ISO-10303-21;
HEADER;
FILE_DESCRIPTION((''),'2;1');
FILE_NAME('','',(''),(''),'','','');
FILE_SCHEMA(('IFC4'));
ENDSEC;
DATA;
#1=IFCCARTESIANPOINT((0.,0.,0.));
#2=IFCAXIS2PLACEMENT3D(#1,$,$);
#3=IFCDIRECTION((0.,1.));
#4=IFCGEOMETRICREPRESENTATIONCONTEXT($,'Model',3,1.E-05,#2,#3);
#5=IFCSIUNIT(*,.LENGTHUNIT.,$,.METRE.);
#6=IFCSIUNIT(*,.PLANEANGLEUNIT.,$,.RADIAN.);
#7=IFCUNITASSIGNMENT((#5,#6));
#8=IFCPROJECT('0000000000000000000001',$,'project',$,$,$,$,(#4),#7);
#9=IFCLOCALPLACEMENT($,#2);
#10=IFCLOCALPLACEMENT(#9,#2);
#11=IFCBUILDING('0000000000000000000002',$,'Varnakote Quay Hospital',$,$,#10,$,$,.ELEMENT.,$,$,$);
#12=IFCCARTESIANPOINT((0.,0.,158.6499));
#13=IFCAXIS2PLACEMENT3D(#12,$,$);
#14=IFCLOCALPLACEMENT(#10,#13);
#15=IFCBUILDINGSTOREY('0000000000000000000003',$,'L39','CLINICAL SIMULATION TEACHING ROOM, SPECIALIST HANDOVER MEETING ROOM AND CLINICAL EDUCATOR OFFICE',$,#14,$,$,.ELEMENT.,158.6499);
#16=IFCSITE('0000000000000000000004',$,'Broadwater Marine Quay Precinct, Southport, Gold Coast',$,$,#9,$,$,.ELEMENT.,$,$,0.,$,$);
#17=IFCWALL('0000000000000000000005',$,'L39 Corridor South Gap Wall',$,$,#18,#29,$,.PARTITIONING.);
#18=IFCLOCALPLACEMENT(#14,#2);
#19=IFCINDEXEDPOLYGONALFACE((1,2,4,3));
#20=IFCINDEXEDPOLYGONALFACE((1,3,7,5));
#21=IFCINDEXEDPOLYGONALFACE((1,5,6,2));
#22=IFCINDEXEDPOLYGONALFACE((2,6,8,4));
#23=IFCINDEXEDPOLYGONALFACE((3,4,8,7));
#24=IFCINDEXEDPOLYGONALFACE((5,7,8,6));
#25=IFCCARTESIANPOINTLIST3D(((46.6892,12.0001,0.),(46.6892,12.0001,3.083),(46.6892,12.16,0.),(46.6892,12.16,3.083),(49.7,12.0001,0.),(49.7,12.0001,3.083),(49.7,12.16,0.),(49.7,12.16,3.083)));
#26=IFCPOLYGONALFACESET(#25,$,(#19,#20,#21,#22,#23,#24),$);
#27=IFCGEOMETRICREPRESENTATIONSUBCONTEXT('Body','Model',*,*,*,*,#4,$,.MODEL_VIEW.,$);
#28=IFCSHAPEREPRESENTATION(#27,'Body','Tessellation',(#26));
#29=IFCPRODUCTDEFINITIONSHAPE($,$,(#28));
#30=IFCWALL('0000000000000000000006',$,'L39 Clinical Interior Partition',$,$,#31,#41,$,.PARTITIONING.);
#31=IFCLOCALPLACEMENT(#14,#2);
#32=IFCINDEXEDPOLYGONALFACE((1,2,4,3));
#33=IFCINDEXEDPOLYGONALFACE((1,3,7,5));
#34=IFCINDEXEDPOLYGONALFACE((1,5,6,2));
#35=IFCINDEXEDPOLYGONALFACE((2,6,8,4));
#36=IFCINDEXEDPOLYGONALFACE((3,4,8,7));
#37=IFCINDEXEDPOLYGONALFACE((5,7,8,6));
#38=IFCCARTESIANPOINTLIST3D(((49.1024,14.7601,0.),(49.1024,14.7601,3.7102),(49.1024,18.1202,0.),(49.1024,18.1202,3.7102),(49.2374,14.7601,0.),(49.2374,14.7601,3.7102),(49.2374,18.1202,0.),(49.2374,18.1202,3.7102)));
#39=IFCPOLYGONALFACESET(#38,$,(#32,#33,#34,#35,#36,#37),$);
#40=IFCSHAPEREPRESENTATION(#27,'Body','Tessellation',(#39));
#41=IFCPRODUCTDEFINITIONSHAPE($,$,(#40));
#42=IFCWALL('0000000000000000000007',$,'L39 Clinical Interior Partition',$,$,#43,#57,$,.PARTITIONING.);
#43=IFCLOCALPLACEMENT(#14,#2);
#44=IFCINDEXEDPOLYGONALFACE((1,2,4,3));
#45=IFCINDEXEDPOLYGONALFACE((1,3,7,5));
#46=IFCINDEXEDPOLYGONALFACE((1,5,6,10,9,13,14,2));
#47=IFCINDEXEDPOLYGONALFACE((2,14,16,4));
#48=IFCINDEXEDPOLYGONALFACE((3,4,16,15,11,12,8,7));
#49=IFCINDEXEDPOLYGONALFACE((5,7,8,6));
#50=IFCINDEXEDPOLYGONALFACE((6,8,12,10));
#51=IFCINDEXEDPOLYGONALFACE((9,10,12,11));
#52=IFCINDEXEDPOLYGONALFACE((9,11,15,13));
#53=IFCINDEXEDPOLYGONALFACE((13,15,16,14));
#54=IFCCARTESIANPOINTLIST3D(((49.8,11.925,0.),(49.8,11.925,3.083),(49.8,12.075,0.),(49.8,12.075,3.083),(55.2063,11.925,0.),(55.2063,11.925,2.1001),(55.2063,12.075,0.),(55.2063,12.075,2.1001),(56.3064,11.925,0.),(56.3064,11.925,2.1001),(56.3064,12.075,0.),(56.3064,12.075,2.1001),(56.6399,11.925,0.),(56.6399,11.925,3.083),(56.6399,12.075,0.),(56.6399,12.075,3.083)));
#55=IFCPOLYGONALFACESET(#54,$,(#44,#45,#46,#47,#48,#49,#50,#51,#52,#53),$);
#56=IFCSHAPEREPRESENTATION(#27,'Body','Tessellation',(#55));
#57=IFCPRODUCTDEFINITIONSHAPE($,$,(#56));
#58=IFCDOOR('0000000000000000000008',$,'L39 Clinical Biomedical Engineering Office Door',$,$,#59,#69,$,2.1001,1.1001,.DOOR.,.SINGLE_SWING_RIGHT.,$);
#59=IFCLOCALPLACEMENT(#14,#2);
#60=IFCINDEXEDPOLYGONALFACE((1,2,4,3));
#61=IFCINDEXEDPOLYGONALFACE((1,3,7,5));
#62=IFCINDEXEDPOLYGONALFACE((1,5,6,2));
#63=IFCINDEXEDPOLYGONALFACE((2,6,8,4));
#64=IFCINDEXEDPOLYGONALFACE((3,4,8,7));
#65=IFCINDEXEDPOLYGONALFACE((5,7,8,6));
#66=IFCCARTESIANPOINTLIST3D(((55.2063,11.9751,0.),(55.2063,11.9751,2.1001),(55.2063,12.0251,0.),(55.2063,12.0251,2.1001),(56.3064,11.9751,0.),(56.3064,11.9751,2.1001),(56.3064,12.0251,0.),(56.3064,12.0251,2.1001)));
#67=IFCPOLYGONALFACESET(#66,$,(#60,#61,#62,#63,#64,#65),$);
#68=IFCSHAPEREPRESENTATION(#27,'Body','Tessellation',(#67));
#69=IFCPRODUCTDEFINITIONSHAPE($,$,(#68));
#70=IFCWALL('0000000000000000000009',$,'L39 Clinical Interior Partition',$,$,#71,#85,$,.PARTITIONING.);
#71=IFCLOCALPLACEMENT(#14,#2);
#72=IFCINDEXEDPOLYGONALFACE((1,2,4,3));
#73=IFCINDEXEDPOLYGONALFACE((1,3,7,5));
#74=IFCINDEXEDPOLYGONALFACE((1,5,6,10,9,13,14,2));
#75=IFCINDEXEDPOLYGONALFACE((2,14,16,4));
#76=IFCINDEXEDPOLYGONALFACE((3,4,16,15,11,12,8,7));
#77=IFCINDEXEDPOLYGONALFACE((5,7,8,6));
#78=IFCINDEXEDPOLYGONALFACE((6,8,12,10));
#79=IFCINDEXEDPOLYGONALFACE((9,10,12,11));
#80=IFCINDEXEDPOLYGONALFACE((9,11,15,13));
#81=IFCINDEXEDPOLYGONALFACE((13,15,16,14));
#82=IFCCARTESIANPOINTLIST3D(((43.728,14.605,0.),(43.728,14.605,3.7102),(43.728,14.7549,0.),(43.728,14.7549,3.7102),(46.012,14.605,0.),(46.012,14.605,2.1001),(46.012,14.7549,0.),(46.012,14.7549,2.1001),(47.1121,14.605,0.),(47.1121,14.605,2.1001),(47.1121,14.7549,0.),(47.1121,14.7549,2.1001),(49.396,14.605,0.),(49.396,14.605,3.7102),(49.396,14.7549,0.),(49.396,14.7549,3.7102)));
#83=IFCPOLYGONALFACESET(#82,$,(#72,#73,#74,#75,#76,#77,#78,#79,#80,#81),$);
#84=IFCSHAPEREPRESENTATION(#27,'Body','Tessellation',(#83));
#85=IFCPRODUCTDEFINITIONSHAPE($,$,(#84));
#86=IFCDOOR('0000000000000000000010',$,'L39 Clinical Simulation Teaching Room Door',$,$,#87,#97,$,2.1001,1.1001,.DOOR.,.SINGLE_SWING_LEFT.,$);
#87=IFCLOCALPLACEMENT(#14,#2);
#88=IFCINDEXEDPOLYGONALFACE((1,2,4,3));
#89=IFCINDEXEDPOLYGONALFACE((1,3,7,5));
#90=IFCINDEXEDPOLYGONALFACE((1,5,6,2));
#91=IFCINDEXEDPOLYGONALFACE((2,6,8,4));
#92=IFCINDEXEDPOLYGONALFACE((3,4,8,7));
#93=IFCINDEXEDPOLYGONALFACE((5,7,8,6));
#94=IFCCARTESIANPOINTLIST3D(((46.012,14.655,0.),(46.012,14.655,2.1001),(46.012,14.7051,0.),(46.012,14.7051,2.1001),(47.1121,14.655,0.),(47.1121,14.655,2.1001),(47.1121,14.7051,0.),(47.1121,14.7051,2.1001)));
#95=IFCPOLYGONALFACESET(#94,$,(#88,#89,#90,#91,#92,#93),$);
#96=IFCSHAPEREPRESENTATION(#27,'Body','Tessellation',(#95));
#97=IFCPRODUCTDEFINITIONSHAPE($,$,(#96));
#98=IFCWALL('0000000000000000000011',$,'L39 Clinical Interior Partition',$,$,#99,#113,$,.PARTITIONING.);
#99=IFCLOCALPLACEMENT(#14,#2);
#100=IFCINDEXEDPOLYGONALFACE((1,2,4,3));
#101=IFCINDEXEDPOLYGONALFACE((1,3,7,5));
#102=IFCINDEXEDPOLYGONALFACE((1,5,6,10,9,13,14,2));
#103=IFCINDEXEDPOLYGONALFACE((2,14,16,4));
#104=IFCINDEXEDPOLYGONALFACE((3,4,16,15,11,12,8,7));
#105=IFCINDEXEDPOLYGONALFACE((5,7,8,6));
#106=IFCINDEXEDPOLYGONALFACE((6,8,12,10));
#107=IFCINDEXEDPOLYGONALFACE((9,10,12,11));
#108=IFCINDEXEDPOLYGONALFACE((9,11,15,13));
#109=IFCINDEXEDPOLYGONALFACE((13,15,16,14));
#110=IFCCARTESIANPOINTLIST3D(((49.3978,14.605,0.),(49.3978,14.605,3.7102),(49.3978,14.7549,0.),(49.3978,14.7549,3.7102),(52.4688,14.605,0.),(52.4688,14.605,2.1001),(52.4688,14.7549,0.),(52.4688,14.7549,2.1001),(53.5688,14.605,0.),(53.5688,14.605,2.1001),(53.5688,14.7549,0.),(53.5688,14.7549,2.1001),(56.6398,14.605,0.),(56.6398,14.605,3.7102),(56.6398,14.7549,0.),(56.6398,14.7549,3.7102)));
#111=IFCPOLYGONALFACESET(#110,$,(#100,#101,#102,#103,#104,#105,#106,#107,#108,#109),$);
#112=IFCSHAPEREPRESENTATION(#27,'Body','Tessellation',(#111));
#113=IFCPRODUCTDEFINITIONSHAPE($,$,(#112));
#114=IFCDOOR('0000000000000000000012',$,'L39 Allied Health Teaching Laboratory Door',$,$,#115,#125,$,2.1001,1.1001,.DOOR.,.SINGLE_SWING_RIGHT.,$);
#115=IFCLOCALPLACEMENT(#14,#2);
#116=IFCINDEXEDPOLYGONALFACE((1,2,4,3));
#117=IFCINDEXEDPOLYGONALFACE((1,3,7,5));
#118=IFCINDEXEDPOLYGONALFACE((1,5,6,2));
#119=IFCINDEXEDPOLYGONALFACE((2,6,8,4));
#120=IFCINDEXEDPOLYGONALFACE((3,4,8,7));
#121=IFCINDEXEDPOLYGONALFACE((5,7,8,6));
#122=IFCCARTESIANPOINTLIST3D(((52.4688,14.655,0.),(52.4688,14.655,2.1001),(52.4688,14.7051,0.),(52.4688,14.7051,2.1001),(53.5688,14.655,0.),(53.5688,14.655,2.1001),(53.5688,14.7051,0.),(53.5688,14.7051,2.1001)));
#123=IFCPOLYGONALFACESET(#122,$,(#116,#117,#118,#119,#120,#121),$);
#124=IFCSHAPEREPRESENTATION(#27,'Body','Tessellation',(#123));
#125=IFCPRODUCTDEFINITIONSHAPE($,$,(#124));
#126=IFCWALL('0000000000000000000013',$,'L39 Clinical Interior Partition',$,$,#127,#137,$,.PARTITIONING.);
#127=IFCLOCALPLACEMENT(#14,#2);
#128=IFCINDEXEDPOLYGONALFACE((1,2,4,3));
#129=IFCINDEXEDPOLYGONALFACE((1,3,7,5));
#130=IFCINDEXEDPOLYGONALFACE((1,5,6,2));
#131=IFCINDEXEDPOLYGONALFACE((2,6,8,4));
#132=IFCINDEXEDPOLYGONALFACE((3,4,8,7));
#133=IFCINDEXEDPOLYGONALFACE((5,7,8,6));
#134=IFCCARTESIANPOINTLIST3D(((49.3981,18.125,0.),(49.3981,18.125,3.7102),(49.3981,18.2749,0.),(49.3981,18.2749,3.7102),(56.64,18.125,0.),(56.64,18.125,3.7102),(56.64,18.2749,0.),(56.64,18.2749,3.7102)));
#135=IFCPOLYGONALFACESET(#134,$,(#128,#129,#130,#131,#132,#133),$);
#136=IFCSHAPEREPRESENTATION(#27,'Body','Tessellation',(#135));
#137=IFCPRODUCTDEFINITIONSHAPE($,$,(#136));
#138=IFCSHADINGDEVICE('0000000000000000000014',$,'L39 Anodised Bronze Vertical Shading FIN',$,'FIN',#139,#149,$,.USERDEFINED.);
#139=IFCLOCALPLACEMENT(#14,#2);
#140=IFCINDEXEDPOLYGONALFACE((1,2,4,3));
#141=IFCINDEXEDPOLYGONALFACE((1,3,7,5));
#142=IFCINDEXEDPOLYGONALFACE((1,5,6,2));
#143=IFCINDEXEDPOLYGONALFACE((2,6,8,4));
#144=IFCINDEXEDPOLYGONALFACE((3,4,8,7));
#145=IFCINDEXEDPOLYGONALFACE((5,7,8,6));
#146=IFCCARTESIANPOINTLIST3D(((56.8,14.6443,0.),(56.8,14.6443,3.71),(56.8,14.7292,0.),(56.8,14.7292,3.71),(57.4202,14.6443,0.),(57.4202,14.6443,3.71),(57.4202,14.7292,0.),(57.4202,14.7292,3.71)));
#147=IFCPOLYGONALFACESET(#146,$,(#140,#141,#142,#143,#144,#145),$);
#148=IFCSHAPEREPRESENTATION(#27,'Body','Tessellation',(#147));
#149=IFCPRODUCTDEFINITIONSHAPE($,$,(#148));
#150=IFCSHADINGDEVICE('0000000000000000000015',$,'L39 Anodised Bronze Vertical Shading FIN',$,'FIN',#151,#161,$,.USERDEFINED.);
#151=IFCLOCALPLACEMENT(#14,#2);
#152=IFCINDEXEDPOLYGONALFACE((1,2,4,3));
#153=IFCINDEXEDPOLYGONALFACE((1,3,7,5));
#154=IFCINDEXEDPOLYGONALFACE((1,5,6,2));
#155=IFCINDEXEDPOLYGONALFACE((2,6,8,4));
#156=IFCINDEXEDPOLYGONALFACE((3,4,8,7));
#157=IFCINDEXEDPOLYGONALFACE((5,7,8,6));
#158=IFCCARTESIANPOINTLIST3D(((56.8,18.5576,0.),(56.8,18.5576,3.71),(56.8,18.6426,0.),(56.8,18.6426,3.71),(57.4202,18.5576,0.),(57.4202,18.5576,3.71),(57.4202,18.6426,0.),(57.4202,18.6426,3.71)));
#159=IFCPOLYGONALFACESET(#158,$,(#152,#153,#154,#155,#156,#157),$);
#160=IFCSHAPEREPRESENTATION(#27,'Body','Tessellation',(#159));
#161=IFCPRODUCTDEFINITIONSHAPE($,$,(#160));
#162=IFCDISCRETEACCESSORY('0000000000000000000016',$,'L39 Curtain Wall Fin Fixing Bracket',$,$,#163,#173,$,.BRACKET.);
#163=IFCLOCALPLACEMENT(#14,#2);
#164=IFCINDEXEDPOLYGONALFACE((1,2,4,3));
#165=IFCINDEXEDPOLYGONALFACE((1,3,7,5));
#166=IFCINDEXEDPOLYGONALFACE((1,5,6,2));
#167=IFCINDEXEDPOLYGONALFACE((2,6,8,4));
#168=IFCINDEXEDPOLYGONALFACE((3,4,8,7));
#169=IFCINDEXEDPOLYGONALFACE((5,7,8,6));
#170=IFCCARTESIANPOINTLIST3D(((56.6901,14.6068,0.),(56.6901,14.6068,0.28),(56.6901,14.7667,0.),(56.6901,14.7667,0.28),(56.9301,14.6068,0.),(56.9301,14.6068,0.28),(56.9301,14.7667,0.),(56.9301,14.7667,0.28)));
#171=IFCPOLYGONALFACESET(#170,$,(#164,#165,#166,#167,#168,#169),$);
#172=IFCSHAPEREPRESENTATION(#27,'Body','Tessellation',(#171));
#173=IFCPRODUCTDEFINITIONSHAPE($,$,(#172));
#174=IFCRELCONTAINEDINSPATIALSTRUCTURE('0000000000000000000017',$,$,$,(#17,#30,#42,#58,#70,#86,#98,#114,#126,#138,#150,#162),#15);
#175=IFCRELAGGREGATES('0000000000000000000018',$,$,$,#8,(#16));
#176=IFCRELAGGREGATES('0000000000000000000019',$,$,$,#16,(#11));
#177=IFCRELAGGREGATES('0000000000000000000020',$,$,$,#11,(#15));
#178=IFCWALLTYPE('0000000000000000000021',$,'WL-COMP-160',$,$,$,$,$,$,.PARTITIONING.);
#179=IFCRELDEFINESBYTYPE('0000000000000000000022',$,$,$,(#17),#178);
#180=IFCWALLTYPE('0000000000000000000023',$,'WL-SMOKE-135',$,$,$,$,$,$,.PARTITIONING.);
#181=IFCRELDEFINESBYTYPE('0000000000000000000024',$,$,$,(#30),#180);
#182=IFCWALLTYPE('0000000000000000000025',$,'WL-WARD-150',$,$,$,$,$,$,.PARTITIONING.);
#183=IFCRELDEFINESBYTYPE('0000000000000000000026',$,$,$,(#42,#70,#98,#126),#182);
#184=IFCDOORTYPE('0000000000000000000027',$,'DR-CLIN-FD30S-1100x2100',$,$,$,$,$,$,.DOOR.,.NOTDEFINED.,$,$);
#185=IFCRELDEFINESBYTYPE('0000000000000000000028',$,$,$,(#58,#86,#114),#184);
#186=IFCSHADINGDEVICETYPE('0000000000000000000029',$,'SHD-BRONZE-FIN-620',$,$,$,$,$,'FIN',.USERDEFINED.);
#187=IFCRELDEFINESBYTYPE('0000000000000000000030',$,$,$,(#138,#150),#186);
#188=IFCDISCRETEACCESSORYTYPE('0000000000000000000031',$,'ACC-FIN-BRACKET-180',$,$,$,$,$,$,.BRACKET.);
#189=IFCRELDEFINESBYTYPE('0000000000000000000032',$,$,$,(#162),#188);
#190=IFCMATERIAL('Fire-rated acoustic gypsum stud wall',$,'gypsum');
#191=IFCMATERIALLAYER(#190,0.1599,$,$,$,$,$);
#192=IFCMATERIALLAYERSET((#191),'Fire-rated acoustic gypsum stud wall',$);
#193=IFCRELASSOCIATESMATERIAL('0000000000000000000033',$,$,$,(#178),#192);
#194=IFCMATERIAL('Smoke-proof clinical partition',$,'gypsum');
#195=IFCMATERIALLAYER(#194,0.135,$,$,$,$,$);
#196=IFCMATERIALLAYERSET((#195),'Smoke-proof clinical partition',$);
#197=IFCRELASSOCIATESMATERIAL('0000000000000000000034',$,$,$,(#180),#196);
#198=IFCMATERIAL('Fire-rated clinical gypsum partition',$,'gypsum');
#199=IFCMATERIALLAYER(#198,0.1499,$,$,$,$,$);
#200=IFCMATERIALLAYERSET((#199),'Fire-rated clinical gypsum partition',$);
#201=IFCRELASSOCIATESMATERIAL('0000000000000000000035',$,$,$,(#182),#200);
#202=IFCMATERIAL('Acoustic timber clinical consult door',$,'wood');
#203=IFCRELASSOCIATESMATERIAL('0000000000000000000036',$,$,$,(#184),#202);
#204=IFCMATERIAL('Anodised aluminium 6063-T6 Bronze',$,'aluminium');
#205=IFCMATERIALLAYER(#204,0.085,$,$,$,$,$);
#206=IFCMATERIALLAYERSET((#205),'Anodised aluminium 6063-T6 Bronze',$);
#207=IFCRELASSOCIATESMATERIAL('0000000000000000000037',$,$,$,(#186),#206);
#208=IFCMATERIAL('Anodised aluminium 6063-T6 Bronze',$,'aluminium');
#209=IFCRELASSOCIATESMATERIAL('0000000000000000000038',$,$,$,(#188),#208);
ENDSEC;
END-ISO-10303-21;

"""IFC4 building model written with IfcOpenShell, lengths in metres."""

from ifc_helpers import new_model, si_unit, direction, frame, frame_2d, origin, origin_2d, place, context, subcontext, project, spatial, rectangle, extrude, material, layer, layer_set, type_object, element, fill, save


model = new_model("IFC4")

# Units and contexts
model_context = context("Model", 3, precision=1e-05, world=origin(), true_north=direction((0.0, 1.0)))
body_context = subcontext(model_context, "Body", "Model", "MODEL_VIEW")
ifc_project = project(units=[si_unit("LENGTHUNIT", "METRE"), si_unit("PLANEANGLEUNIT", "RADIAN")], contexts=[model_context])

# Site, building, storey
site_placement = place(None, origin())
site = spatial("IfcSite", under=ifc_project, at=site_placement, Name="Broadwater Marine Quay Precinct, Southport, Gold Coast", CompositionType="ELEMENT", RefElevation=0.0)
building_placement = place(site_placement, origin())
building = spatial("IfcBuilding", under=site, at=building_placement, Name="Varnakote Quay Hospital", CompositionType="ELEMENT")
storey_placement = place(building_placement, frame((0.0, 0.0, 158.6499)))
storey = spatial("IfcBuildingStorey", under=building, at=storey_placement, Name="L39", Description="CLINICAL SIMULATION TEACHING ROOM, SPECIALIST HANDOVER MEETING ROOM AND CLINICAL EDUCATOR OFFICE", CompositionType="ELEMENT", Elevation=158.6499)

# Walls
ifc_material_1 = material(Name="Fire-rated acoustic gypsum stud wall", Category="gypsum")
ifc_layer_1 = layer(ifc_material_1, 0.1599)
ifc_layer_set_1 = layer_set([ifc_layer_1], Name="Fire-rated acoustic gypsum stud wall")
wall_type_1 = type_object("IfcWallType", Name="WL-COMP-160", PredefinedType="PARTITIONING", material=ifc_layer_set_1)
wall_1_placement = place(storey_placement, frame((46.6892, 12.0801, 0.0), z_axis=(0.0, 0.0, 1.0), x_axis=(1.0, 0.0, 0.0)))
element("IfcWall", 1, at=wall_1_placement, inside=storey, type_object=wall_type_1, Name="L39 Corridor South Gap Wall", PredefinedType="PARTITIONING", context=body_context, shape_type="SweptSolid", body=[
    extrude(rectangle(XDim=3.0107, YDim=0.1599, at=frame_2d((1.5054, 0.0))), origin(), (0.0, 0.0, 1.0), 3.083),
])
ifc_material_2 = material(Name="Smoke-proof clinical partition", Category="gypsum")
ifc_layer_2 = layer(ifc_material_2, 0.135)
ifc_layer_set_2 = layer_set([ifc_layer_2], Name="Smoke-proof clinical partition")
wall_type_2 = type_object("IfcWallType", Name="WL-SMOKE-135", PredefinedType="PARTITIONING", material=ifc_layer_set_2)
wall_2_placement = place(storey_placement, frame((49.1699, 14.76, 0.0), z_axis=(0.0, 0.0, 1.0), x_axis=(0.0, 1.0, 0.0)))
element("IfcWall", 2, at=wall_2_placement, inside=storey, type_object=wall_type_2, Name="L39 Clinical Interior Partition", PredefinedType="PARTITIONING", context=body_context, shape_type="SweptSolid", body=[
    extrude(rectangle(XDim=3.3601, YDim=0.135, at=frame_2d((1.6802, 0.0))), origin(), (0.0, 0.0, 1.0), 3.7102),
])

# Walls, openings, doors
ifc_material_3 = material(Name="Fire-rated clinical gypsum partition", Category="gypsum")
ifc_layer_3 = layer(ifc_material_3, 0.1499)
ifc_layer_set_3 = layer_set([ifc_layer_3], Name="Fire-rated clinical gypsum partition")
wall_type_3 = type_object("IfcWallType", Name="WL-WARD-150", PredefinedType="PARTITIONING", material=ifc_layer_set_3)
wall_3_placement = place(storey_placement, frame((56.6399, 12.0, 0.0), z_axis=(0.0, 0.0, 1.0), x_axis=(-1.0, 0.0, 0.0)))
wall_3 = element("IfcWall", 3, at=wall_3_placement, inside=storey, type_object=wall_type_3, Name="L39 Clinical Interior Partition", PredefinedType="PARTITIONING", context=body_context, shape_type="SweptSolid", body=[
    extrude(rectangle(XDim=6.8398, YDim=0.1499, at=frame_2d((3.4199, 0.0))), origin(), (0.0, 0.0, 1.0), 3.083),
])
opening_1_placement = place(wall_3_placement, frame((0.3335, 0.0, 0.0)))
opening_1 = element("IfcOpeningElement", 4, at=opening_1_placement, cuts=wall_3, PredefinedType="OPENING", context=body_context, shape_type="SweptSolid", body=[
    extrude(rectangle(XDim=1.1001, YDim=2.1001, at=frame_2d((0.55, 1.05))), frame((0.0, 0.085, 0.0), z_axis=(0.0, -1.0, 0.0), x_axis=(1.0, 0.0, 0.0)), (0.0, 0.0, 1.0), 0.1699),
])
ifc_material_4 = material(Name="Acoustic timber clinical consult door", Category="wood")
door_type = type_object("IfcDoorType", Name="DR-CLIN-FD30S-1100x2100", OperationType="NOTDEFINED", PredefinedType="DOOR", material=ifc_material_4)
door_1_placement = place(opening_1_placement, origin())
door_1 = element("IfcDoor", 5, at=door_1_placement, inside=storey, type_object=door_type, Name="L39 Clinical Biomedical Engineering Office Door", OperationType="SINGLE_SWING_RIGHT", OverallHeight=2.1001, OverallWidth=1.1001, PredefinedType="DOOR", context=body_context, shape_type="SweptSolid", body=[
    extrude(rectangle(XDim=1.1001, YDim=2.1001, at=frame_2d((0.55, 1.05))), frame((0.0, 0.0249, 0.0), z_axis=(0.0, -1.0, 0.0), x_axis=(1.0, 0.0, 0.0)), (0.0, 0.0, 1.0), 0.05),
])
fill(opening_1, door_1)
wall_4_placement = place(storey_placement, frame((49.396, 14.6799, 0.0), z_axis=(0.0, 0.0, 1.0), x_axis=(-1.0, 0.0, 0.0)))
wall_4 = element("IfcWall", 6, at=wall_4_placement, inside=storey, type_object=wall_type_3, Name="L39 Clinical Interior Partition", PredefinedType="PARTITIONING", context=body_context, shape_type="SweptSolid", body=[
    extrude(rectangle(XDim=5.668, YDim=0.1499, at=frame_2d((2.834, 0.0))), origin(), (0.0, 0.0, 1.0), 3.7102),
])
opening_2_placement = place(wall_4_placement, frame((2.2839, 0.0, 0.0)))
opening_2 = element("IfcOpeningElement", 7, at=opening_2_placement, cuts=wall_4, PredefinedType="OPENING", context=body_context, shape_type="SweptSolid", body=[
    extrude(rectangle(XDim=1.1001, YDim=2.1001, at=frame_2d((0.55, 1.05))), frame((0.0, 0.085, 0.0), z_axis=(0.0, -1.0, 0.0), x_axis=(1.0, 0.0, 0.0)), (0.0, 0.0, 1.0), 0.1699),
])
door_2_placement = place(opening_2_placement, origin())
door_2 = element("IfcDoor", 8, at=door_2_placement, inside=storey, type_object=door_type, Name="L39 Clinical Simulation Teaching Room Door", OperationType="SINGLE_SWING_LEFT", OverallHeight=2.1001, OverallWidth=1.1001, PredefinedType="DOOR", context=body_context, shape_type="SweptSolid", body=[
    extrude(rectangle(XDim=1.1001, YDim=2.1001, at=frame_2d((0.55, 1.05))), frame((0.0, 0.0249, 0.0), z_axis=(0.0, -1.0, 0.0), x_axis=(1.0, 0.0, 0.0)), (0.0, 0.0, 1.0), 0.05),
])
fill(opening_2, door_2)
wall_5_placement = place(storey_placement, frame((56.6399, 14.6799, 0.0), z_axis=(0.0, 0.0, 1.0), x_axis=(-1.0, 0.0, 0.0)))
wall_5 = element("IfcWall", 9, at=wall_5_placement, inside=storey, type_object=wall_type_3, Name="L39 Clinical Interior Partition", PredefinedType="PARTITIONING", context=body_context, shape_type="SweptSolid", body=[
    extrude(rectangle(XDim=7.2419, YDim=0.1499, at=frame_2d((3.6211, 0.0))), origin(), (0.0, 0.0, 1.0), 3.7102),
])
opening_3_placement = place(wall_5_placement, frame((3.071, 0.0, 0.0)))
opening_3 = element("IfcOpeningElement", 10, at=opening_3_placement, cuts=wall_5, PredefinedType="OPENING", context=body_context, shape_type="SweptSolid", body=[
    extrude(rectangle(XDim=1.1001, YDim=2.1001, at=frame_2d((0.55, 1.05))), frame((0.0, 0.085, 0.0), z_axis=(0.0, -1.0, 0.0), x_axis=(1.0, 0.0, 0.0)), (0.0, 0.0, 1.0), 0.1699),
])
door_3_placement = place(opening_3_placement, origin())
door_3 = element("IfcDoor", 11, at=door_3_placement, inside=storey, type_object=door_type, Name="L39 Allied Health Teaching Laboratory Door", OperationType="SINGLE_SWING_RIGHT", OverallHeight=2.1001, OverallWidth=1.1001, PredefinedType="DOOR", context=body_context, shape_type="SweptSolid", body=[
    extrude(rectangle(XDim=1.1001, YDim=2.1001, at=frame_2d((0.55, 1.05))), frame((0.0, 0.0249, 0.0), z_axis=(0.0, -1.0, 0.0), x_axis=(1.0, 0.0, 0.0)), (0.0, 0.0, 1.0), 0.05),
])
fill(opening_3, door_3)

# Wall
wall_6_placement = place(storey_placement, frame((49.3979, 18.2, 0.0), z_axis=(0.0, 0.0, 1.0), x_axis=(1.0, 0.0, 0.0)))
element("IfcWall", 12, at=wall_6_placement, inside=storey, type_object=wall_type_3, Name="L39 Clinical Interior Partition", PredefinedType="PARTITIONING", context=body_context, shape_type="SweptSolid", body=[
    extrude(rectangle(XDim=7.2419, YDim=0.1499, at=frame_2d((3.6211, 0.0))), origin(), (0.0, 0.0, 1.0), 3.7102),
])

# Shading devices
ifc_material_5 = material(Name="Anodised aluminium 6063-T6 Bronze", Category="aluminium")
ifc_layer_4 = layer(ifc_material_5, 0.085)
ifc_layer_set_4 = layer_set([ifc_layer_4], Name="Anodised aluminium 6063-T6 Bronze")
shading_device_type = type_object("IfcShadingDeviceType", Name="SHD-BRONZE-FIN-620", ElementType="FIN", PredefinedType="USERDEFINED", material=ifc_layer_set_4)
for number, where, z_axis, x_axis, name in (
    (13, (57.1101, 14.6868, 0.0), (0.0, 0.0, 1.0), (-1.0, 0.0, 0.0), "L39 Anodised Bronze Vertical Shading FIN"),
    (14, (57.1101, 18.6001, 0.0), (0.0, 0.0, 1.0), (-1.0, 0.0, 0.0), "L39 Anodised Bronze Vertical Shading FIN"),
):
    element("IfcShadingDevice", number, at=place(storey_placement, frame(where, z_axis=z_axis, x_axis=x_axis)), inside=storey, type_object=shading_device_type, Name=name, ObjectType="FIN", PredefinedType="USERDEFINED", context=body_context, shape_type="SweptSolid", body=[
        extrude(rectangle(XDim=0.6201, YDim=0.085, at=origin_2d()), origin(), (0.0, 0.0, 1.0), 3.71),
    ])

# Discrete accessory
ifc_material_6 = material(Name="Anodised aluminium 6063-T6 Bronze", Category="aluminium")
discrete_accessory_type = type_object("IfcDiscreteAccessoryType", Name="ACC-FIN-BRACKET-180", PredefinedType="BRACKET", material=ifc_material_6)
for number, where, z_axis, x_axis, name in (
    (15, (56.8101, 14.6868, 0.0), (0.0, 0.0, 1.0), (0.0, 1.0, 0.0), "L39 Curtain Wall Fin Fixing Bracket"),
):
    element("IfcDiscreteAccessory", number, at=place(storey_placement, frame(where, z_axis=z_axis, x_axis=x_axis)), inside=storey, type_object=discrete_accessory_type, Name=name, PredefinedType="BRACKET", context=body_context, shape_type="SweptSolid", body=[
        extrude(rectangle(XDim=0.1599, YDim=0.24, at=origin_2d()), origin(), (0.0, 0.0, 1.0), 0.28),
    ])

save(model, "model.ifc")
